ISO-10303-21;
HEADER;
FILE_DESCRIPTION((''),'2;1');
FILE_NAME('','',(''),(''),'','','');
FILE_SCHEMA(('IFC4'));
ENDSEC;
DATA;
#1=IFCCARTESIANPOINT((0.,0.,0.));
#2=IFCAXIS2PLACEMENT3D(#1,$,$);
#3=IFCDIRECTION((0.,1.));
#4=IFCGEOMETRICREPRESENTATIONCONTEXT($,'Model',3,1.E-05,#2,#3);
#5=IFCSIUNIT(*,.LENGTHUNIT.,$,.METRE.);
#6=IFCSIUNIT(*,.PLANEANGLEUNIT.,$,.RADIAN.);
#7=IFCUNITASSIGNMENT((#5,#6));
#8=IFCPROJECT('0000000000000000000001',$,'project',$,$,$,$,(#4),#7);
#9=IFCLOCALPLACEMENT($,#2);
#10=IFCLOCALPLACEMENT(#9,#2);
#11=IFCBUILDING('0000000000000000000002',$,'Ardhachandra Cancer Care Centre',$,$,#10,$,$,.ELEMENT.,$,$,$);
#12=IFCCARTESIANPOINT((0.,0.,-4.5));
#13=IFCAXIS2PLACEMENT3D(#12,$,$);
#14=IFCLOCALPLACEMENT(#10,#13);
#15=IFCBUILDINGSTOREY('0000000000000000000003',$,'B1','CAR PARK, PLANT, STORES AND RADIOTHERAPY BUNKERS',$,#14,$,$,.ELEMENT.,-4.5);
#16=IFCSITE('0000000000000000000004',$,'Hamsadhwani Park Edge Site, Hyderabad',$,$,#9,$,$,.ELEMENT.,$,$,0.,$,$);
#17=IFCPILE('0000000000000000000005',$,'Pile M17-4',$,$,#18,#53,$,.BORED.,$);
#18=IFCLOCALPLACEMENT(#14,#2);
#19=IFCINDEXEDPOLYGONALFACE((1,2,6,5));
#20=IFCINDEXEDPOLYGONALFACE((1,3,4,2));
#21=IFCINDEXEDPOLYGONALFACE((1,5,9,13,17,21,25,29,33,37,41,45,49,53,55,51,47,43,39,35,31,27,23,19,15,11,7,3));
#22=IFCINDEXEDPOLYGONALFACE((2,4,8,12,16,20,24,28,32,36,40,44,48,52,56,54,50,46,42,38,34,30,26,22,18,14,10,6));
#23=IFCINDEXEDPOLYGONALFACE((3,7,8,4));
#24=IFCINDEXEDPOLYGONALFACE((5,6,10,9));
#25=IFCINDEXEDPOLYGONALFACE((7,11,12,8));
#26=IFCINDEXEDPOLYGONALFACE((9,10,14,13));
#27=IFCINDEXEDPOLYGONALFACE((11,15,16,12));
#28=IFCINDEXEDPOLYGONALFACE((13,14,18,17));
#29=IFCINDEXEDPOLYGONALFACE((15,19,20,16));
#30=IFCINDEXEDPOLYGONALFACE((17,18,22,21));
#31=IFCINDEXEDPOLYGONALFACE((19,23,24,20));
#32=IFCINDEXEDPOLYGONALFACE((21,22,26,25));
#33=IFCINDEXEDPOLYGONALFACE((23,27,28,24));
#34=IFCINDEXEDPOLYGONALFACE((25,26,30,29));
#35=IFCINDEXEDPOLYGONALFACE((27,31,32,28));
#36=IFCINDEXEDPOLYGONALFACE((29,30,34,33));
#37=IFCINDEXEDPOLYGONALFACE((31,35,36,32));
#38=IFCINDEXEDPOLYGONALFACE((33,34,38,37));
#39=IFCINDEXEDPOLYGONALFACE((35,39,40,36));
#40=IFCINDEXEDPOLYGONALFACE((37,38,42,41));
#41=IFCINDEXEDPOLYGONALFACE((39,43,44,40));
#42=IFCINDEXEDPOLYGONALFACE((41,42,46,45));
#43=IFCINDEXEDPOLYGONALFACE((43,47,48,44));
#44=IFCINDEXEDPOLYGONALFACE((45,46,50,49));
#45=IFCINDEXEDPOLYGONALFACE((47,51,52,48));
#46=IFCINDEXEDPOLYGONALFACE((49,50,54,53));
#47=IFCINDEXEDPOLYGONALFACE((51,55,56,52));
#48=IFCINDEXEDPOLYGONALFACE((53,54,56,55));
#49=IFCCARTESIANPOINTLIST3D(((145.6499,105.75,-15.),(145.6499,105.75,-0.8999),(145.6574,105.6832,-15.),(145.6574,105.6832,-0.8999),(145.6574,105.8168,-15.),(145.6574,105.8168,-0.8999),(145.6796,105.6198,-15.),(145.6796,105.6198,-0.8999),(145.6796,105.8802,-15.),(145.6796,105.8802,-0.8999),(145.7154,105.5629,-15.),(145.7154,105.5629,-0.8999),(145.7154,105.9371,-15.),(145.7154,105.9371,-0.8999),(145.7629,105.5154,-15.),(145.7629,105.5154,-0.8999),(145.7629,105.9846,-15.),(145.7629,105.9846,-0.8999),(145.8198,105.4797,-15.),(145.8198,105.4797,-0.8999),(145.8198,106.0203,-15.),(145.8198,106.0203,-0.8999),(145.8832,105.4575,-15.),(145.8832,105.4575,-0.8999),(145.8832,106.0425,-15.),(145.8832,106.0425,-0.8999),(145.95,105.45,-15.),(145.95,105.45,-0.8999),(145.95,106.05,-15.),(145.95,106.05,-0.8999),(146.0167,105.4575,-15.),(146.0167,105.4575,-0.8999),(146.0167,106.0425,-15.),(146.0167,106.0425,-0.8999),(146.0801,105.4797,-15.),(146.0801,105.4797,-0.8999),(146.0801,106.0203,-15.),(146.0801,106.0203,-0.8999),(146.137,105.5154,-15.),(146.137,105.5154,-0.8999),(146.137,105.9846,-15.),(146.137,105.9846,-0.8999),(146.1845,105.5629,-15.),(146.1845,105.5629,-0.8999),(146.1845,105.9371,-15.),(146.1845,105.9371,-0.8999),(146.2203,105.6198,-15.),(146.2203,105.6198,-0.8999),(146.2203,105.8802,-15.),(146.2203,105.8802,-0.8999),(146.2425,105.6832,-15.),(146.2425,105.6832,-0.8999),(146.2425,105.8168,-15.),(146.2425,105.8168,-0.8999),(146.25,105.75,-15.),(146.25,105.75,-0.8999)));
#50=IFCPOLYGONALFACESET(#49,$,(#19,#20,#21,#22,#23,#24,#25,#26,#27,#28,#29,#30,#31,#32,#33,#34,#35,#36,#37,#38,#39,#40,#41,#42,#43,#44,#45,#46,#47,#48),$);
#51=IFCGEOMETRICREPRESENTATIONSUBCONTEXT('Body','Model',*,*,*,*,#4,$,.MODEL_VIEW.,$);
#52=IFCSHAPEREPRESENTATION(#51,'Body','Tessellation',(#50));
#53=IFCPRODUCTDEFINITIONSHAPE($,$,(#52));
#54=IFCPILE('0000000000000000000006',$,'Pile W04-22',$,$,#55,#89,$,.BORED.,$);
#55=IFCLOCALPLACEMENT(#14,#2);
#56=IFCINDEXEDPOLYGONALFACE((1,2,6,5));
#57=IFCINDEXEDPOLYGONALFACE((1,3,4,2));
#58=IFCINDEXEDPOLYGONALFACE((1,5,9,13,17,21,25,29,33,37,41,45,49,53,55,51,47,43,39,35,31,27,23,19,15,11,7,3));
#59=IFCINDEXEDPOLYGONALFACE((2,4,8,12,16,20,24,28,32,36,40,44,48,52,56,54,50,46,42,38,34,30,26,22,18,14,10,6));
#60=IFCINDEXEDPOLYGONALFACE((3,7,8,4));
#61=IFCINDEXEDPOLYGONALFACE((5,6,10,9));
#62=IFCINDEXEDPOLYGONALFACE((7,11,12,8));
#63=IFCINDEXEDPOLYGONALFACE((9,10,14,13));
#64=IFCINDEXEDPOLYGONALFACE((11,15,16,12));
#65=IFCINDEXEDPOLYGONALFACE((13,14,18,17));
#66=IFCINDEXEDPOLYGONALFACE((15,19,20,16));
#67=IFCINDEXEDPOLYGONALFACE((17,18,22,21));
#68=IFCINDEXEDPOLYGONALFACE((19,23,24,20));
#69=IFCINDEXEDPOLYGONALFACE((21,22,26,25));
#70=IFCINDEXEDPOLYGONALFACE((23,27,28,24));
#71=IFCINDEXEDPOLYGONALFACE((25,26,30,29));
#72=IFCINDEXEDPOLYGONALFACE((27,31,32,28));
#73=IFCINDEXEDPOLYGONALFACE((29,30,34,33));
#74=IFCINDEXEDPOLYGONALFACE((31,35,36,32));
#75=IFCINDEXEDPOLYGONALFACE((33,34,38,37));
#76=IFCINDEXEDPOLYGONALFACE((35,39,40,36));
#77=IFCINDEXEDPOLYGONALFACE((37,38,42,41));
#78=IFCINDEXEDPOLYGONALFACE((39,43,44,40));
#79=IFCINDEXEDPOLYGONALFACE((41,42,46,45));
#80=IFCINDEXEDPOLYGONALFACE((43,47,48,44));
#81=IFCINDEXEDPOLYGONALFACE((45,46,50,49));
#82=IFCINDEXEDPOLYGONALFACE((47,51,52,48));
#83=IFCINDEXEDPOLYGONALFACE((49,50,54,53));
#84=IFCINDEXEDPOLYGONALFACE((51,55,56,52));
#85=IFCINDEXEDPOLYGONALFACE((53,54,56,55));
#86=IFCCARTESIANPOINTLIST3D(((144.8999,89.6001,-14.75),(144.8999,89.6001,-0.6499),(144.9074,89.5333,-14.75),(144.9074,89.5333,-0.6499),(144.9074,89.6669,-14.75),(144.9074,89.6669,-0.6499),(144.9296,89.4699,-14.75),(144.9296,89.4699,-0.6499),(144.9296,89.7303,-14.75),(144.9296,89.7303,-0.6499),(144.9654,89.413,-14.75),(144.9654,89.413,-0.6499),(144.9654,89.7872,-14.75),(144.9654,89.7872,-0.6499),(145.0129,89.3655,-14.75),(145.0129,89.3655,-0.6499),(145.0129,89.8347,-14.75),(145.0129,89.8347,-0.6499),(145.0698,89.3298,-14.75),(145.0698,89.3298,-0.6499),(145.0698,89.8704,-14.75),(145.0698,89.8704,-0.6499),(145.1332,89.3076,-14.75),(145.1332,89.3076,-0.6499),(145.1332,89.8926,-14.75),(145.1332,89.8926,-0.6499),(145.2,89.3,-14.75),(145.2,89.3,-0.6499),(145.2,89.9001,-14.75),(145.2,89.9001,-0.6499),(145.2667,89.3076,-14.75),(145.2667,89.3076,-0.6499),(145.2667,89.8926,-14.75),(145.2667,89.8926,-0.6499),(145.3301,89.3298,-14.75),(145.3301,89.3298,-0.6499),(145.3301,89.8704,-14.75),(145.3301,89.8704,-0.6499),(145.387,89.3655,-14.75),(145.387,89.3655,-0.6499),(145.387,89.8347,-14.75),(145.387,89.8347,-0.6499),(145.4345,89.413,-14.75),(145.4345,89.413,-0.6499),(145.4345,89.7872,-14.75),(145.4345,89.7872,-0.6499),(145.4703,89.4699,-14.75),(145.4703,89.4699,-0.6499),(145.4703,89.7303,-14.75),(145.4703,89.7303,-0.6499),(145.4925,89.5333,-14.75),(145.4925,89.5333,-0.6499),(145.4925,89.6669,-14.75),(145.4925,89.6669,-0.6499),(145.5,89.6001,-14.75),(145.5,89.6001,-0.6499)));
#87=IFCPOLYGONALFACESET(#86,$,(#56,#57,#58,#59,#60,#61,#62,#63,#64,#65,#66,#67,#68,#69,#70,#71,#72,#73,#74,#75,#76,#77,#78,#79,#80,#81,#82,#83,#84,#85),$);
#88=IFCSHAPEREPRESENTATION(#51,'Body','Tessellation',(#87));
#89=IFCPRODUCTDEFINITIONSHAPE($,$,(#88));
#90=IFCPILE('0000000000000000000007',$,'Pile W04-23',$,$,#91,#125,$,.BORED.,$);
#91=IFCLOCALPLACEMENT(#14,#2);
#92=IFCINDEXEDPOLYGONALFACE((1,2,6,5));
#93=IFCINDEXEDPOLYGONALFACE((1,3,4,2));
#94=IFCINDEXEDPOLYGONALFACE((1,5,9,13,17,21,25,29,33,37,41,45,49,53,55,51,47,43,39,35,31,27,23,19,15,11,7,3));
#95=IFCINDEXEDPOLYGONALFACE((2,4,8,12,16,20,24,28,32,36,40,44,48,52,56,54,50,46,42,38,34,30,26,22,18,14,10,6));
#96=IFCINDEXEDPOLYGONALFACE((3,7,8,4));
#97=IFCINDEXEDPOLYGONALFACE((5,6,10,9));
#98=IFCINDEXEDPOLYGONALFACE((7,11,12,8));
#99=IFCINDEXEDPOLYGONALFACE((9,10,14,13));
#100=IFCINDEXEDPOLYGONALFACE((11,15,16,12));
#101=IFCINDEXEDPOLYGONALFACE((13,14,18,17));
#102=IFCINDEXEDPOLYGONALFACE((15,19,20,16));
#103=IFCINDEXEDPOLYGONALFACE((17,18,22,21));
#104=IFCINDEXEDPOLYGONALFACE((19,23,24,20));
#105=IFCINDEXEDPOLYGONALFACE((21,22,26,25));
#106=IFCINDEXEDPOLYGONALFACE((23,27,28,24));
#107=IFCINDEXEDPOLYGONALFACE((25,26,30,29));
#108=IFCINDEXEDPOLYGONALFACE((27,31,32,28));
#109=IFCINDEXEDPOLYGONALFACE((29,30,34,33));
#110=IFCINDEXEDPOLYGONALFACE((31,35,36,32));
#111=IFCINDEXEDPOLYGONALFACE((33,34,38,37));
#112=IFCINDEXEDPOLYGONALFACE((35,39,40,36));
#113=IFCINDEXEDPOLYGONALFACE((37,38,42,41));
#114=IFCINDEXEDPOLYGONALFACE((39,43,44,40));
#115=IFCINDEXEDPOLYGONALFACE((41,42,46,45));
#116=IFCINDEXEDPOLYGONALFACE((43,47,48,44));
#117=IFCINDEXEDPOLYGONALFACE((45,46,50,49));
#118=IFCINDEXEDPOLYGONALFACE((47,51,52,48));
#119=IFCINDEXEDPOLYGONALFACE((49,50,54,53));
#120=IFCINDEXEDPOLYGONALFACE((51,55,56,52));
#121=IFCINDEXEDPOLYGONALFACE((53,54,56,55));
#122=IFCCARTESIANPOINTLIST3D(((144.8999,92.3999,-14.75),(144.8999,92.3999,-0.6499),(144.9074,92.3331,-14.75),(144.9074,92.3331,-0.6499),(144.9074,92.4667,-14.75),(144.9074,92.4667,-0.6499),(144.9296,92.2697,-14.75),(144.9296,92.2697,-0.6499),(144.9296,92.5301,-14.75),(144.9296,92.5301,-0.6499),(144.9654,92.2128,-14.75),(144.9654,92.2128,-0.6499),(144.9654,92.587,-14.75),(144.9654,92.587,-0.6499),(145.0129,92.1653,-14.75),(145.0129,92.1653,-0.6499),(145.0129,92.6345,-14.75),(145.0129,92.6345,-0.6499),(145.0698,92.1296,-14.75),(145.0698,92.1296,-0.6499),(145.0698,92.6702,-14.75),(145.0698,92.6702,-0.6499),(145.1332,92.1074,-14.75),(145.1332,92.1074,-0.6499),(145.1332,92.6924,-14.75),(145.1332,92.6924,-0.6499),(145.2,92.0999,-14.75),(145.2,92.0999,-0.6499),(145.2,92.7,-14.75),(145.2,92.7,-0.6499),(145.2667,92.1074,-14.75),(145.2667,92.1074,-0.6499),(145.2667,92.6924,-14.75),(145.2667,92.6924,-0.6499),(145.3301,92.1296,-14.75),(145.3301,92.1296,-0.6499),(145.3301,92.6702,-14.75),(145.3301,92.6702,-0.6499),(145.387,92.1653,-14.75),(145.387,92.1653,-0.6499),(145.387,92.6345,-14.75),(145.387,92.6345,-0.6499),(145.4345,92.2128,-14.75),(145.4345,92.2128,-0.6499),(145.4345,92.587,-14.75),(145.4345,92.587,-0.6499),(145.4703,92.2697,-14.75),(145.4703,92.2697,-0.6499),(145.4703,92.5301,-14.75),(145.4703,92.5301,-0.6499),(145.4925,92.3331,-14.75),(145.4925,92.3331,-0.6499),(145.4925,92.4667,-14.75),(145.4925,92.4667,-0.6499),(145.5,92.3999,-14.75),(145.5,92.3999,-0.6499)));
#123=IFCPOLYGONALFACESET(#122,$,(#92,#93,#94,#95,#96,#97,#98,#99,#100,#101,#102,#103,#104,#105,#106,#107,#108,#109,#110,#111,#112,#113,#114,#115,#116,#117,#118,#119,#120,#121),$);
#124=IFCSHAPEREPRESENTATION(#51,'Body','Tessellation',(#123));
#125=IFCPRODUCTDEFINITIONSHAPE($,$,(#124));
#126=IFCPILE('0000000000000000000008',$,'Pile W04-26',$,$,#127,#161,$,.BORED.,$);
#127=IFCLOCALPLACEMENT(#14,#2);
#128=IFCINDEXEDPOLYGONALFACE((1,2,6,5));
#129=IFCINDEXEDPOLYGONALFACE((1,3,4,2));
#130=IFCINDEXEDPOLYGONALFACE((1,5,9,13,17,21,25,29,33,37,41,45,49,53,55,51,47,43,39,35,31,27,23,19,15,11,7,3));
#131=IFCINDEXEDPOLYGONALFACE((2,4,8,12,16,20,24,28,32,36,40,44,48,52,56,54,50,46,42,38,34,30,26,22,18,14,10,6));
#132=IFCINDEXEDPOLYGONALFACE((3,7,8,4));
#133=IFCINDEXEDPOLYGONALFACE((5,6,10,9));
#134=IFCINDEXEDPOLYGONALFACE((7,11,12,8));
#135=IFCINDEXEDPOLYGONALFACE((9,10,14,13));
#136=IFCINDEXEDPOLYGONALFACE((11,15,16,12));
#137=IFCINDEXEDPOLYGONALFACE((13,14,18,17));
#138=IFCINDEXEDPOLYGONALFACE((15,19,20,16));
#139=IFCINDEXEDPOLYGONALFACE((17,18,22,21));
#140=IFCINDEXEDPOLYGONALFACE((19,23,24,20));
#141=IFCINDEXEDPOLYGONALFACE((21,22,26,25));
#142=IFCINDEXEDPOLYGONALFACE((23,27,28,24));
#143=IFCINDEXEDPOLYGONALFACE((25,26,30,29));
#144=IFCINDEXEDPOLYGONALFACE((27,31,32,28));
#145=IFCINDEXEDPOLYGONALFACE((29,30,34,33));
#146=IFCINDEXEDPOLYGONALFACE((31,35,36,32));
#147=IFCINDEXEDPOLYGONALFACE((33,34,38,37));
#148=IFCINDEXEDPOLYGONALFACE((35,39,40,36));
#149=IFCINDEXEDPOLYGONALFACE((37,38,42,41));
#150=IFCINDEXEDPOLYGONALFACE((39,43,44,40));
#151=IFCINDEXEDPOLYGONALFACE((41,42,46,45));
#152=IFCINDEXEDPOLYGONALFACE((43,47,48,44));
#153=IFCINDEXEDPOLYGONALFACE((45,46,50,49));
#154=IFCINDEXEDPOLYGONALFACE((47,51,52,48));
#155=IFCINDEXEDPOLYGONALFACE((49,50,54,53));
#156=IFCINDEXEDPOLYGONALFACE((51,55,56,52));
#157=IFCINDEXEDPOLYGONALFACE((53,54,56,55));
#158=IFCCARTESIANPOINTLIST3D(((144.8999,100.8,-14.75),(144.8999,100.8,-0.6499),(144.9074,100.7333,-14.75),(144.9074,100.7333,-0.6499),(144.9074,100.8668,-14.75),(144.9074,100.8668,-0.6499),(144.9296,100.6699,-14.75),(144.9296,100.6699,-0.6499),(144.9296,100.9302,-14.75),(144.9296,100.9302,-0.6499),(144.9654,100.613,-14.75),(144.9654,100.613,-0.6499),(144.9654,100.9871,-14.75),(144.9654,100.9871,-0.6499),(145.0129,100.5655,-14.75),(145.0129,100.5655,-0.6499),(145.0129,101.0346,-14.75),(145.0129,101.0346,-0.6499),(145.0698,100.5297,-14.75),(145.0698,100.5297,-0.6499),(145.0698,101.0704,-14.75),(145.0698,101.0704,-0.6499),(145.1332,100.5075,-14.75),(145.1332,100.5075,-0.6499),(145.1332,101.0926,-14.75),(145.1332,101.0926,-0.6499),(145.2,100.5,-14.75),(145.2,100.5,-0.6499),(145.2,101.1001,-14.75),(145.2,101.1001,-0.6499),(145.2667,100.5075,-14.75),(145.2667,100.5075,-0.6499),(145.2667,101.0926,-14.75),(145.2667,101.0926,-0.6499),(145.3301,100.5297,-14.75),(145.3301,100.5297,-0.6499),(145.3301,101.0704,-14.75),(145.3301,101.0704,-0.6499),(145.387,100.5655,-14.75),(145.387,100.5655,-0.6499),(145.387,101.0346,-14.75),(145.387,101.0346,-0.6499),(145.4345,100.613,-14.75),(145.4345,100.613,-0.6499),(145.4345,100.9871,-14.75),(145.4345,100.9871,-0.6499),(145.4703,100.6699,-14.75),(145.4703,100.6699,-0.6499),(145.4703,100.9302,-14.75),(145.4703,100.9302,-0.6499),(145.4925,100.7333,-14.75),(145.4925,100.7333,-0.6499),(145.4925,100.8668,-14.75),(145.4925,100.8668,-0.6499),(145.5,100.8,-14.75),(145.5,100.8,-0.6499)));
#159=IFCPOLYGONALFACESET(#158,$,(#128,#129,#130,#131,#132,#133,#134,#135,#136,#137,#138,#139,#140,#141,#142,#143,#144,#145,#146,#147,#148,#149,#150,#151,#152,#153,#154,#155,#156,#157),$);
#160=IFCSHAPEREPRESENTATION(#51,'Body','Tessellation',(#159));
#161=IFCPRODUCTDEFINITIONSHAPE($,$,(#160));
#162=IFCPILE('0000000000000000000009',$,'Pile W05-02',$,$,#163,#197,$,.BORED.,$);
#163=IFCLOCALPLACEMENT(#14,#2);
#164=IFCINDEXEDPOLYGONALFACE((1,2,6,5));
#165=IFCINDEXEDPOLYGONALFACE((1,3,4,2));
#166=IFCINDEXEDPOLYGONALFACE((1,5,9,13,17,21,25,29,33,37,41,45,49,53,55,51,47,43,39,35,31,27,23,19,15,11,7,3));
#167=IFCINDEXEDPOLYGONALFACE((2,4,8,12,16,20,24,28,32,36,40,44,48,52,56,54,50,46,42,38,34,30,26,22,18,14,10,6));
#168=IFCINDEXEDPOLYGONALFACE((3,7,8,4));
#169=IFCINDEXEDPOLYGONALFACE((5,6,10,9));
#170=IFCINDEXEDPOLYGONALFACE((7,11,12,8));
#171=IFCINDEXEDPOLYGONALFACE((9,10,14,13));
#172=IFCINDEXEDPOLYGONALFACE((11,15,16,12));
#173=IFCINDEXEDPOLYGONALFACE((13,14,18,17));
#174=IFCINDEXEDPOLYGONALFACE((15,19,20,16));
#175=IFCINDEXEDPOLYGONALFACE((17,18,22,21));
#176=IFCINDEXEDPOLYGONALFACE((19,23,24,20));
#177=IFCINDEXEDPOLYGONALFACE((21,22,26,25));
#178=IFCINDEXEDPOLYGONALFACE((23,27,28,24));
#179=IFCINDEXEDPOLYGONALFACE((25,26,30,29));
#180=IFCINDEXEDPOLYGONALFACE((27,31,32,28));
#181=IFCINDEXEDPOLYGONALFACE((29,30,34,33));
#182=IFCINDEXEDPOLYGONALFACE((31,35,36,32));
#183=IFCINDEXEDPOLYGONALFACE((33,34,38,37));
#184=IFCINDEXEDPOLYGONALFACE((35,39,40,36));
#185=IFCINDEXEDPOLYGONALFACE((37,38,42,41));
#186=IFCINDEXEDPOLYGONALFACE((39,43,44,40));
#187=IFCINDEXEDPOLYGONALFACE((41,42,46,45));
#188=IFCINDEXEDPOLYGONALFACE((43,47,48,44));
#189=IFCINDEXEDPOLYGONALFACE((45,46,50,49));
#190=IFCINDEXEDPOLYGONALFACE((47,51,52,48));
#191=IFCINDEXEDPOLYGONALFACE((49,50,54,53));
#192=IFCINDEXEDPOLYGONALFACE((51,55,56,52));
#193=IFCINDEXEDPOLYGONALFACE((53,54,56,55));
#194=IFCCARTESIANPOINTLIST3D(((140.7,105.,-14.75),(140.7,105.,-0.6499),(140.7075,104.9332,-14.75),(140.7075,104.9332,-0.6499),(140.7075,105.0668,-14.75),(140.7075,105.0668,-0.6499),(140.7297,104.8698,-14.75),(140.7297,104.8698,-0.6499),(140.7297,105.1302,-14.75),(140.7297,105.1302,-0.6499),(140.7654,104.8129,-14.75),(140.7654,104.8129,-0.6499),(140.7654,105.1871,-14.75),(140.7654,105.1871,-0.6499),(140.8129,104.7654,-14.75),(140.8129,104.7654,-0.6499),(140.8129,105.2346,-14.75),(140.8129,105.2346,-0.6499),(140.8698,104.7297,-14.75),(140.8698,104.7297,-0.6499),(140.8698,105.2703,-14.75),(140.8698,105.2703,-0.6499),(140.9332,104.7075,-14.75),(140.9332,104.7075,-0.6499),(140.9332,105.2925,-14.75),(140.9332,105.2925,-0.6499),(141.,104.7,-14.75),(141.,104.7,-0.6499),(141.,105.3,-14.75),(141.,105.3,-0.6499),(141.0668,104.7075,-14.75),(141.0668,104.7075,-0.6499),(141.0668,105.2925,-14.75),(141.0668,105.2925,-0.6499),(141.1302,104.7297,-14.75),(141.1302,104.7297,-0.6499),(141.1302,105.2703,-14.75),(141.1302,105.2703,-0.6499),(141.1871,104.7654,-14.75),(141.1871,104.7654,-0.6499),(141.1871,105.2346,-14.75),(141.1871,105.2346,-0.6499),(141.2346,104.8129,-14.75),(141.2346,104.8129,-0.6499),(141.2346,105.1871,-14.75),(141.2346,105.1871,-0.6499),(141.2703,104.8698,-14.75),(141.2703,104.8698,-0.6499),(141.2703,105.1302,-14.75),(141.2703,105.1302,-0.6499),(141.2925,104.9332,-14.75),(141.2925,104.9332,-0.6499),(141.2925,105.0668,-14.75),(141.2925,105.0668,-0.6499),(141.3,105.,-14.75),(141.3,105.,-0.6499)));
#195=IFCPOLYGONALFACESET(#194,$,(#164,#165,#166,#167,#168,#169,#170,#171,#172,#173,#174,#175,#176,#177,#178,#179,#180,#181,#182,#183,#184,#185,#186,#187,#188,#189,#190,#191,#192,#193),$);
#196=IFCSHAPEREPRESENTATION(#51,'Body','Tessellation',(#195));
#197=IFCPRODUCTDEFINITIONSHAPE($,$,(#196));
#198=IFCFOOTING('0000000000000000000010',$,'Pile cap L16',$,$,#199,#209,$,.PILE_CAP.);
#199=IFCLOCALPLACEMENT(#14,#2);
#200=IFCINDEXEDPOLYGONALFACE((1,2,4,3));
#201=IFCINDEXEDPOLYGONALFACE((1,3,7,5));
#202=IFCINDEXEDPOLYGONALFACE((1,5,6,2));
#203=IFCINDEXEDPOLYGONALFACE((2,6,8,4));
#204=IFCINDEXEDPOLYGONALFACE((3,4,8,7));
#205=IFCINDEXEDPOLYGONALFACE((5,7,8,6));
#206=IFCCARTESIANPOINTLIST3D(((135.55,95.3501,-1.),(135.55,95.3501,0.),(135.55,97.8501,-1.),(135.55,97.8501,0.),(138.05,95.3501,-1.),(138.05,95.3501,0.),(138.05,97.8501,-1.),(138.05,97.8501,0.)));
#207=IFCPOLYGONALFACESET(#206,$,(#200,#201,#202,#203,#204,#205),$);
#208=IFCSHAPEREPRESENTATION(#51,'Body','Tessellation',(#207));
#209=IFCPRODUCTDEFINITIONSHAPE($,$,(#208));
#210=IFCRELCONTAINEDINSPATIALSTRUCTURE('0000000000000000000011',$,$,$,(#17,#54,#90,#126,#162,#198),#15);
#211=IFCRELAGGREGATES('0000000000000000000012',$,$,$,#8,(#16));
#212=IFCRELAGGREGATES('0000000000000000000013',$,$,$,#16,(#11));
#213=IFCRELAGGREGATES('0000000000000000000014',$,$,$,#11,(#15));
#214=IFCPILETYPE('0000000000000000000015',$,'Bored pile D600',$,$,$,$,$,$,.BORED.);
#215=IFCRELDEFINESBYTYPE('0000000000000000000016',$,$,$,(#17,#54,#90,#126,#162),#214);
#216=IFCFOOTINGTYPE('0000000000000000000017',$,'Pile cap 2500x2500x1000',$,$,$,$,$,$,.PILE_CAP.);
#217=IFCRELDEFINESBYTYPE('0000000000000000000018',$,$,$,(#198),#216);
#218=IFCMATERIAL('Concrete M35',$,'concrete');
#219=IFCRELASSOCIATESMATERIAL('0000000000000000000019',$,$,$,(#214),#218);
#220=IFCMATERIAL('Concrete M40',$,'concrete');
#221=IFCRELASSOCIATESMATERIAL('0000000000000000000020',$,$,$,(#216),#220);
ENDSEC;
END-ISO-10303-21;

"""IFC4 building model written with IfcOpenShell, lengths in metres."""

from ifc_helpers import new_model, si_unit, direction, frame, origin, origin_2d, place, context, subcontext, project, spatial, rectangle, circle, extrude, material, material_profile, profile_set, type_object, element, save


model = new_model("IFC4")

# Units and contexts
model_context = context("Model", 3, precision=1e-05, world=origin(), true_north=direction((0.0, 1.0)))
body_context = subcontext(model_context, "Body", "Model", "MODEL_VIEW")
ifc_project = project(units=[si_unit("LENGTHUNIT", "METRE"), si_unit("PLANEANGLEUNIT", "RADIAN")], contexts=[model_context])

# Site, building, storey
site_placement = place(None, origin())
site = spatial("IfcSite", under=ifc_project, at=site_placement, Name="Hamsadhwani Park Edge Site, Hyderabad", CompositionType="ELEMENT", RefElevation=0.0)
building_placement = place(site_placement, origin())
building = spatial("IfcBuilding", under=site, at=building_placement, Name="Ardhachandra Cancer Care Centre", CompositionType="ELEMENT")
storey_placement = place(building_placement, frame((0.0, 0.0, -4.5)))
storey = spatial("IfcBuildingStorey", under=building, at=storey_placement, Name="B1", Description="CAR PARK, PLANT, STORES AND RADIOTHERAPY BUNKERS", CompositionType="ELEMENT", Elevation=-4.5)

# Piles
ifc_material_1 = material(Name="Concrete M35", Category="concrete")
ifc_material_profile_1 = material_profile(ifc_material_1, circle(Radius=0.3, at=origin_2d()), Name="D600")
ifc_profile_set_1 = profile_set([ifc_material_profile_1], Name="Concrete M35")
pile_type = type_object("IfcPileType", Name="Bored pile D600", PredefinedType="BORED", material=ifc_profile_set_1)
for number, where, z_axis, x_axis, name in (
    (1, (145.95, 105.75, -0.8999), (0.0, 0.0, -1.0), (1.0, 0.0, 0.0), "Pile M17-4"),
    (2, (145.2, 89.6001, -0.6499), (0.0, 0.0, -1.0), (1.0, 0.0, 0.0), "Pile W04-22"),
    (3, (145.2, 92.3999, -0.6499), (0.0, 0.0, -1.0), (1.0, 0.0, 0.0), "Pile W04-23"),
    (4, (145.2, 100.8, -0.6499), (0.0, 0.0, -1.0), (1.0, 0.0, 0.0), "Pile W04-26"),
    (5, (141.0, 105.0, -0.6499), (0.0, 0.0, -1.0), (1.0, 0.0, 0.0), "Pile W05-02"),
):
    element("IfcPile", number, at=place(storey_placement, frame(where, z_axis=z_axis, x_axis=x_axis)), inside=storey, type_object=pile_type, Name=name, PredefinedType="BORED", context=body_context, shape_type="SweptSolid", body=[
        extrude(circle(Radius=0.3, at=origin_2d()), origin(), (0.0, 0.0, 1.0), 14.1001),
    ])

# Footing
ifc_material_2 = material(Name="Concrete M40", Category="concrete")
footing_type_1 = type_object("IfcFootingType", Name="Pile cap 2500x2500x1000", PredefinedType="PILE_CAP", material=ifc_material_2)
for number, where, z_axis, x_axis, name in (
    (6, (136.8, 96.6001, -1.0), (0.0, 0.0, 1.0), (1.0, 0.0, 0.0), "Pile cap L16"),
):
    element("IfcFooting", number, at=place(storey_placement, frame(where, z_axis=z_axis, x_axis=x_axis)), inside=storey, type_object=footing_type_1, Name=name, PredefinedType="PILE_CAP", context=body_context, shape_type="SweptSolid", body=[
        extrude(rectangle(XDim=2.5, YDim=2.5, at=origin_2d()), origin(), (0.0, 0.0, 1.0), 1.0),
    ])

save(model, "model.ifc")
